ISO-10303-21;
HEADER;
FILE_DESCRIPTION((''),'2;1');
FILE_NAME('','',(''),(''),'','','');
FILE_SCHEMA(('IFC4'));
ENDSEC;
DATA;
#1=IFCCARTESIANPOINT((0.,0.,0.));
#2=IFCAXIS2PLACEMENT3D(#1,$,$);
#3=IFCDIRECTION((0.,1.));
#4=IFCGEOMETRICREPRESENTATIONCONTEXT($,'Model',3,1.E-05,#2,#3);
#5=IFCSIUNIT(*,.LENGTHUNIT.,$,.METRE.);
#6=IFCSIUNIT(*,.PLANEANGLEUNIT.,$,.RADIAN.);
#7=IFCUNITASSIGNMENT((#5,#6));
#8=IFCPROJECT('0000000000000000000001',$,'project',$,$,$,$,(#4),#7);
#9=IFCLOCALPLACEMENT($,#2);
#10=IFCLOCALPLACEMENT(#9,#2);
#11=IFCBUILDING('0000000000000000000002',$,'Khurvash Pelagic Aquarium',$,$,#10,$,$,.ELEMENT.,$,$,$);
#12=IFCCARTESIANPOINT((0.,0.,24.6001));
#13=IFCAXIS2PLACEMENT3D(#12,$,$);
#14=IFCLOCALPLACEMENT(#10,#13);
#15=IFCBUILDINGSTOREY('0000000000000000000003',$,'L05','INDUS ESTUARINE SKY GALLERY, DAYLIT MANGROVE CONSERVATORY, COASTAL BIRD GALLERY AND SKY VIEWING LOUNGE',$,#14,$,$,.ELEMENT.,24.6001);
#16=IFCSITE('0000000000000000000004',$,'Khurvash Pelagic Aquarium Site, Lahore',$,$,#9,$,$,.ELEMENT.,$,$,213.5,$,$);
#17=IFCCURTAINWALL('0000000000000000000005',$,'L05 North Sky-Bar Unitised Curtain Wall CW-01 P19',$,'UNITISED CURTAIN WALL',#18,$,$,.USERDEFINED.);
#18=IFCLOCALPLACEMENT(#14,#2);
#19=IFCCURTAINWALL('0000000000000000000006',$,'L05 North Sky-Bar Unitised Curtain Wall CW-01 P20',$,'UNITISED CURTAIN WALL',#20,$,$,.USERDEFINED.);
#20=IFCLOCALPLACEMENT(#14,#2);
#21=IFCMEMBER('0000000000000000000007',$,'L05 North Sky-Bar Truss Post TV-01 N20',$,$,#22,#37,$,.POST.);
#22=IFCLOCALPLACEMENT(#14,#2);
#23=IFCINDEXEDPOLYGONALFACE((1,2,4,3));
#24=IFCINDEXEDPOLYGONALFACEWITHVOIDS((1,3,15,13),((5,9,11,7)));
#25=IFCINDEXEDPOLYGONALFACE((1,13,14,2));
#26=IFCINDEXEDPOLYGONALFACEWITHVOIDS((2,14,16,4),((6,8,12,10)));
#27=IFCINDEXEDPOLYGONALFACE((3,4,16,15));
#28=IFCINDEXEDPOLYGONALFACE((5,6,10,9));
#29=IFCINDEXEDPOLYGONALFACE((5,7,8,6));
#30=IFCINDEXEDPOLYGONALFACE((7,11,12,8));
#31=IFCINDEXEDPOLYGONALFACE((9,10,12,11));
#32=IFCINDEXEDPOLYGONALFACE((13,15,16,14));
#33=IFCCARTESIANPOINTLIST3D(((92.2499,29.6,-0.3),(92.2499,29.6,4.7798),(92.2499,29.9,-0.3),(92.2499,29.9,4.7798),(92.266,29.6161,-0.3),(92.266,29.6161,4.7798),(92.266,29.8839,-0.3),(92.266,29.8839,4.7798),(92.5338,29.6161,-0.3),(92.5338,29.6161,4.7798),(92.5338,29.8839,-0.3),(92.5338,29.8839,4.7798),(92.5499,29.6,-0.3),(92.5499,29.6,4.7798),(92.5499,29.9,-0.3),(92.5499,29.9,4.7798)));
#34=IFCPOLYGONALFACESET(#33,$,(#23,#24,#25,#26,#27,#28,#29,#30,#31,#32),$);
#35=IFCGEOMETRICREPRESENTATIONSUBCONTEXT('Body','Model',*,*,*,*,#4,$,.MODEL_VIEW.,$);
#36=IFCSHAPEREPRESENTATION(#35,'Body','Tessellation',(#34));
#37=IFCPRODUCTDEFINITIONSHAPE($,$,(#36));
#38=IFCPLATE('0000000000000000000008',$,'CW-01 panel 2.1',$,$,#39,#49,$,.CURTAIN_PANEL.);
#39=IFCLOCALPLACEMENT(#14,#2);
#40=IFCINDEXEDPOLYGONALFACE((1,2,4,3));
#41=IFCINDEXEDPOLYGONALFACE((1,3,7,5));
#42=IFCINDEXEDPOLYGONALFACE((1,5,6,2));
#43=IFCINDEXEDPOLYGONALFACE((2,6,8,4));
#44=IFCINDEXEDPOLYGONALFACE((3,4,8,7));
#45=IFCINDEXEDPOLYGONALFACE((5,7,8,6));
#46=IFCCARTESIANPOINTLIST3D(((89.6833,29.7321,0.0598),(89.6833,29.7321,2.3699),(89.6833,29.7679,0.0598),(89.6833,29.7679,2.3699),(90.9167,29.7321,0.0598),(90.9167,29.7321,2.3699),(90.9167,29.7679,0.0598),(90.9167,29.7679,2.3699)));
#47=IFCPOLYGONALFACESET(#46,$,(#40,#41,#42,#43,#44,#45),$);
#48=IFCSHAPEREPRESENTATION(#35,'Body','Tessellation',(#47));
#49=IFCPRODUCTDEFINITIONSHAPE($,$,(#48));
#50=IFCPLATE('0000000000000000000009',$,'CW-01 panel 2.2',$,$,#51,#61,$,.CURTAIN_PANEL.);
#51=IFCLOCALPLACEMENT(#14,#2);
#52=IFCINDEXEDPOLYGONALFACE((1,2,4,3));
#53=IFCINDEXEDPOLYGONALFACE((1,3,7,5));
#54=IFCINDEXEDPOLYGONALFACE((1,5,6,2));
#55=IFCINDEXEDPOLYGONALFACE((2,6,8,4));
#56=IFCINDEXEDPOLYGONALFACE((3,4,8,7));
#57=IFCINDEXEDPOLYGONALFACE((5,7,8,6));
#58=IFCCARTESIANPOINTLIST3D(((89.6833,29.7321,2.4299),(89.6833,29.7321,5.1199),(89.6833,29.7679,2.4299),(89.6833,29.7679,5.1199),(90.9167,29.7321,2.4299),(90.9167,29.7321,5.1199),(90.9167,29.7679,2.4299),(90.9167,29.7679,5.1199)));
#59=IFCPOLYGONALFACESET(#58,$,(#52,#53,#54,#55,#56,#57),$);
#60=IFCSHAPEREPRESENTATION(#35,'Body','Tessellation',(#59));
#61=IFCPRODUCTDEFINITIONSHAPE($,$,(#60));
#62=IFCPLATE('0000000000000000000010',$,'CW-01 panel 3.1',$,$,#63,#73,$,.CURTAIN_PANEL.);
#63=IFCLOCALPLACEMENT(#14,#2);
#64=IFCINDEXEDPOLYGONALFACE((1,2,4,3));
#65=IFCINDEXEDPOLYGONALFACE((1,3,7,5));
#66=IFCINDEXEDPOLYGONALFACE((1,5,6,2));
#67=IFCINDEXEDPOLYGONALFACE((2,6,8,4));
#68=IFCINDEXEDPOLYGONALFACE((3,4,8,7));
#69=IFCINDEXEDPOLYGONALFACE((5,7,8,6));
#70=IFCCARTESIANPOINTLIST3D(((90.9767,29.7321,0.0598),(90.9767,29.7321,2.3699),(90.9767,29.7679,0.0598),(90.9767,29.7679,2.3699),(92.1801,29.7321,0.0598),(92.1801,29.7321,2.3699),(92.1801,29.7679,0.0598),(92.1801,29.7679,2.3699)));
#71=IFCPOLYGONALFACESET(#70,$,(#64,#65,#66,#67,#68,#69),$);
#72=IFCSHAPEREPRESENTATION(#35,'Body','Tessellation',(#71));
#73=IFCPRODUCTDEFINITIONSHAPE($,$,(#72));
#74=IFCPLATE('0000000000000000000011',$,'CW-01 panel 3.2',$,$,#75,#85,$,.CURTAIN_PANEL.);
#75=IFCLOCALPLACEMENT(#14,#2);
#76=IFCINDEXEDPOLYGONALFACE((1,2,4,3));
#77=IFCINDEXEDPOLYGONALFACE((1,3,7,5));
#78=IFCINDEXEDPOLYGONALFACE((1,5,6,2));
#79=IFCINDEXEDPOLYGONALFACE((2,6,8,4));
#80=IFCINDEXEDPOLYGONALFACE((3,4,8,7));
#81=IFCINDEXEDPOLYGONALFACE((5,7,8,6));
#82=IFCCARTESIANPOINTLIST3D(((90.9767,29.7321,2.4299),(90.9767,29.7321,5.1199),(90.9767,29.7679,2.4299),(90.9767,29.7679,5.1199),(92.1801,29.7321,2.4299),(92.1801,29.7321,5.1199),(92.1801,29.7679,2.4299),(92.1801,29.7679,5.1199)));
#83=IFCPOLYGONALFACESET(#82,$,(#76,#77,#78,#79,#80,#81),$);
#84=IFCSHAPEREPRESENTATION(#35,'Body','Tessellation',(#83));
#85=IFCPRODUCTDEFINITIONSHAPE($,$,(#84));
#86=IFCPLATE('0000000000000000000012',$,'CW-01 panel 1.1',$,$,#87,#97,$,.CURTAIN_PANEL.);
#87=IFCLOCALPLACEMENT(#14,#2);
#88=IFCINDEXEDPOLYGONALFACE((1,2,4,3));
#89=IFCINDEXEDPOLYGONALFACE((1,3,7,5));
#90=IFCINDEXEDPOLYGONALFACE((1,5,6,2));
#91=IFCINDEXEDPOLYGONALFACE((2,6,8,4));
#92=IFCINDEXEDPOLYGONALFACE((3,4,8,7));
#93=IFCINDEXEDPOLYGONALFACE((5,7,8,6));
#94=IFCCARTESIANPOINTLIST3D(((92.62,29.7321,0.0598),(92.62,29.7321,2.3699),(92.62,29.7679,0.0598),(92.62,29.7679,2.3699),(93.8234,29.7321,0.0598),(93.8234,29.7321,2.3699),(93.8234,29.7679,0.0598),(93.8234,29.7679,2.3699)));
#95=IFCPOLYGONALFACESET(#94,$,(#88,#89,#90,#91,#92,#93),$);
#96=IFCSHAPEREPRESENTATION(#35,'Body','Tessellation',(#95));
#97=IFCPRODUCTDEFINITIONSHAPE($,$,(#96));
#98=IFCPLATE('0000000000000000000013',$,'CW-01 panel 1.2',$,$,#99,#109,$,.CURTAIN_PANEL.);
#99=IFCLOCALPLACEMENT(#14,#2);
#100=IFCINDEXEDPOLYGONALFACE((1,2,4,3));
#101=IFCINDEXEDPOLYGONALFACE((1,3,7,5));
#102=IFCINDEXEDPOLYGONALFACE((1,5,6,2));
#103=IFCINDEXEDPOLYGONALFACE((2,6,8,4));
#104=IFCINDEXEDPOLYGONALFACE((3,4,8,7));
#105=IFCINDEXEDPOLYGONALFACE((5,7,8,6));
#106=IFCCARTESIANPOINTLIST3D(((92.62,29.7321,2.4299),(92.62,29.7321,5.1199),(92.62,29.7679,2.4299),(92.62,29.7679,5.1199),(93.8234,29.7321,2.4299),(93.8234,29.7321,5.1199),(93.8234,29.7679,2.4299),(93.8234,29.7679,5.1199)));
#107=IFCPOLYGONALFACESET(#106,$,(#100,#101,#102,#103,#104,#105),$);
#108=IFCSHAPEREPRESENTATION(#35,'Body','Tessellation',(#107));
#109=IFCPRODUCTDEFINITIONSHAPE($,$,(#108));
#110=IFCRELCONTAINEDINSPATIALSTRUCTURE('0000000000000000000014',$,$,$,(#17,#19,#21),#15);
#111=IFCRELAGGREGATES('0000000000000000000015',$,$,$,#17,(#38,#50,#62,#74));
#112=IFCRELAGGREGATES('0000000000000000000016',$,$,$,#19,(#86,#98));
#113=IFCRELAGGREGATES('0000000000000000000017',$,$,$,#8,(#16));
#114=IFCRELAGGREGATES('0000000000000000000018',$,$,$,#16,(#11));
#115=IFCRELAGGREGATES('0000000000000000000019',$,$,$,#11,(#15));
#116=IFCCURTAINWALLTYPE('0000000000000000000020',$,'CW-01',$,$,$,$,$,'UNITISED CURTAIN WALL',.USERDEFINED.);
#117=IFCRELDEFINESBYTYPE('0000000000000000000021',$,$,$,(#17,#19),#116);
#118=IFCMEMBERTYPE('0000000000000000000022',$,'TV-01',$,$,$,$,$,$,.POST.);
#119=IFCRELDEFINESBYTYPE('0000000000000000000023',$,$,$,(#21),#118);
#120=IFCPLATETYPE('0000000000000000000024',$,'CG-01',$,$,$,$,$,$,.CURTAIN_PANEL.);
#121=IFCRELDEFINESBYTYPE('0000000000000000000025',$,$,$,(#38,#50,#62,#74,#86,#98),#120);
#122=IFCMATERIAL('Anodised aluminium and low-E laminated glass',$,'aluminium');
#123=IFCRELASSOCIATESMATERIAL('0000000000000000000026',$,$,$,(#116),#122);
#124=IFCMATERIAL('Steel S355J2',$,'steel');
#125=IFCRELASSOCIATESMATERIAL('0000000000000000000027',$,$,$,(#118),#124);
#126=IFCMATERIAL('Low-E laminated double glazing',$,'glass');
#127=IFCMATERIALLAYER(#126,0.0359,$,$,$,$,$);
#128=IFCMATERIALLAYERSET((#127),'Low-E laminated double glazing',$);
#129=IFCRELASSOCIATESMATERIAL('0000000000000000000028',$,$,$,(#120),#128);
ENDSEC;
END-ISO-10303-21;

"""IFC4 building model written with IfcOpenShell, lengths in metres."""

from ifc_helpers import new_model, si_unit, direction, frame, origin, origin_2d, place, context, subcontext, project, spatial, rectangle, hollow_rectangle, extrude, material, layer, layer_set, material_profile, profile_set, type_object, element, aggregate, save


model = new_model("IFC4")

# Units and contexts
model_context = context("Model", 3, precision=1e-05, world=origin(), true_north=direction((0.0, 1.0)))
body_context = subcontext(model_context, "Body", "Model", "MODEL_VIEW")
ifc_project = project(units=[si_unit("LENGTHUNIT", "METRE"), si_unit("PLANEANGLEUNIT", "RADIAN")], contexts=[model_context])

# Site, building, storey
site_placement = place(None, origin())
site = spatial("IfcSite", under=ifc_project, at=site_placement, Name="Khurvash Pelagic Aquarium Site, Lahore", CompositionType="ELEMENT", RefElevation=213.5)
building_placement = place(site_placement, origin())
building = spatial("IfcBuilding", under=site, at=building_placement, Name="Khurvash Pelagic Aquarium", CompositionType="ELEMENT")
storey_placement = place(building_placement, frame((0.0, 0.0, 24.6001)))
storey = spatial("IfcBuildingStorey", under=building, at=storey_placement, Name="L05", Description="INDUS ESTUARINE SKY GALLERY, DAYLIT MANGROVE CONSERVATORY, COASTAL BIRD GALLERY AND SKY VIEWING LOUNGE", CompositionType="ELEMENT", Elevation=24.6001)

# Curtain walls
ifc_material_1 = material(Name="Anodised aluminium and low-E laminated glass", Category="aluminium")
curtain_wall_type = type_object("IfcCurtainWallType", Name="CW-01", ElementType="UNITISED CURTAIN WALL", PredefinedType="USERDEFINED", material=ifc_material_1)
curtain_wall_1_placement = place(storey_placement, origin())
curtain_wall_1 = element("IfcCurtainWall", 1, at=curtain_wall_1_placement, inside=storey, type_object=curtain_wall_type, Name="L05 North Sky-Bar Unitised Curtain Wall CW-01 P19", ObjectType="UNITISED CURTAIN WALL", PredefinedType="USERDEFINED")
curtain_wall_2_placement = place(storey_placement, origin())
curtain_wall_2 = element("IfcCurtainWall", 2, at=curtain_wall_2_placement, inside=storey, type_object=curtain_wall_type, Name="L05 North Sky-Bar Unitised Curtain Wall CW-01 P20", ObjectType="UNITISED CURTAIN WALL", PredefinedType="USERDEFINED")

# Member
ifc_material_2 = material(Name="Steel S355J2", Category="steel")
ifc_material_profile_1 = material_profile(ifc_material_2, hollow_rectangle(XDim=0.3, YDim=0.3, WallThickness=0.0161, at=origin_2d()), Name="SHS300X300X16")
ifc_profile_set_1 = profile_set([ifc_material_profile_1], Name="Steel S355J2")
member_type_1 = type_object("IfcMemberType", Name="TV-01", PredefinedType="POST", material=ifc_profile_set_1)
member_1_placement = place(storey_placement, frame((92.3999, 29.75, -0.3), z_axis=(0.0, 0.0, 1.0), x_axis=(1.0, 0.0, 0.0)))
element("IfcMember", 3, at=member_1_placement, inside=storey, type_object=member_type_1, Name="L05 North Sky-Bar Truss Post TV-01 N20", PredefinedType="POST", context=body_context, shape_type="SweptSolid", body=[
    extrude(hollow_rectangle(XDim=0.3, YDim=0.3, WallThickness=0.0161, at=origin_2d()), origin(), (0.0, 0.0, 1.0), 5.0798),
])

# Plates
ifc_material_3 = material(Name="Low-E laminated double glazing", Category="glass")
ifc_layer = layer(ifc_material_3, 0.0359)
ifc_layer_set = layer_set([ifc_layer], Name="Low-E laminated double glazing")
plate_type = type_object("IfcPlateType", Name="CG-01", PredefinedType="CURTAIN_PANEL", material=ifc_layer_set)
plate_1_placement = place(storey_placement, frame((90.3, 29.75, 0.0598), z_axis=(0.0, 0.0, 1.0), x_axis=(1.0, 0.0, 0.0)))
plate_1 = element("IfcPlate", 4, at=plate_1_placement, type_object=plate_type, Name="CW-01 panel 2.1", PredefinedType="CURTAIN_PANEL", context=body_context, shape_type="SweptSolid", body=[
    extrude(rectangle(XDim=1.2334, YDim=0.0359, at=origin_2d()), origin(), (0.0, 0.0, 1.0), 2.3101),
])
plate_2_placement = place(storey_placement, frame((90.3, 29.75, 2.4299), z_axis=(0.0, 0.0, 1.0), x_axis=(1.0, 0.0, 0.0)))
plate_2 = element("IfcPlate", 5, at=plate_2_placement, type_object=plate_type, Name="CW-01 panel 2.2", PredefinedType="CURTAIN_PANEL", context=body_context, shape_type="SweptSolid", body=[
    extrude(rectangle(XDim=1.2334, YDim=0.0359, at=origin_2d()), origin(), (0.0, 0.0, 1.0), 2.6899),
])
plate_3_placement = place(storey_placement, frame((91.5784, 29.75, 0.0598), z_axis=(0.0, 0.0, 1.0), x_axis=(1.0, 0.0, 0.0)))
plate_3 = element("IfcPlate", 6, at=plate_3_placement, type_object=plate_type, Name="CW-01 panel 3.1", PredefinedType="CURTAIN_PANEL", context=body_context, shape_type="SweptSolid", body=[
    extrude(rectangle(XDim=1.2034, YDim=0.0359, at=origin_2d()), origin(), (0.0, 0.0, 1.0), 2.3101),
])
plate_4_placement = place(storey_placement, frame((91.5784, 29.75, 2.4299), z_axis=(0.0, 0.0, 1.0), x_axis=(1.0, 0.0, 0.0)))
plate_4 = element("IfcPlate", 7, at=plate_4_placement, type_object=plate_type, Name="CW-01 panel 3.2", PredefinedType="CURTAIN_PANEL", context=body_context, shape_type="SweptSolid", body=[
    extrude(rectangle(XDim=1.2034, YDim=0.0359, at=origin_2d()), origin(), (0.0, 0.0, 1.0), 2.6899),
])
aggregate(curtain_wall_1, [plate_1, plate_2, plate_3, plate_4])
plate_5_placement = place(storey_placement, frame((93.2217, 29.75, 0.0598), z_axis=(0.0, 0.0, 1.0), x_axis=(1.0, 0.0, 0.0)))
plate_5 = element("IfcPlate", 8, at=plate_5_placement, type_object=plate_type, Name="CW-01 panel 1.1", PredefinedType="CURTAIN_PANEL", context=body_context, shape_type="SweptSolid", body=[
    extrude(rectangle(XDim=1.2034, YDim=0.0359, at=origin_2d()), origin(), (0.0, 0.0, 1.0), 2.3101),
])
plate_6_placement = place(storey_placement, frame((93.2217, 29.75, 2.4299), z_axis=(0.0, 0.0, 1.0), x_axis=(1.0, 0.0, 0.0)))
plate_6 = element("IfcPlate", 9, at=plate_6_placement, type_object=plate_type, Name="CW-01 panel 1.2", PredefinedType="CURTAIN_PANEL", context=body_context, shape_type="SweptSolid", body=[
    extrude(rectangle(XDim=1.2034, YDim=0.0359, at=origin_2d()), origin(), (0.0, 0.0, 1.0), 2.6899),
])
aggregate(curtain_wall_2, [plate_5, plate_6])

save(model, "model.ifc")
